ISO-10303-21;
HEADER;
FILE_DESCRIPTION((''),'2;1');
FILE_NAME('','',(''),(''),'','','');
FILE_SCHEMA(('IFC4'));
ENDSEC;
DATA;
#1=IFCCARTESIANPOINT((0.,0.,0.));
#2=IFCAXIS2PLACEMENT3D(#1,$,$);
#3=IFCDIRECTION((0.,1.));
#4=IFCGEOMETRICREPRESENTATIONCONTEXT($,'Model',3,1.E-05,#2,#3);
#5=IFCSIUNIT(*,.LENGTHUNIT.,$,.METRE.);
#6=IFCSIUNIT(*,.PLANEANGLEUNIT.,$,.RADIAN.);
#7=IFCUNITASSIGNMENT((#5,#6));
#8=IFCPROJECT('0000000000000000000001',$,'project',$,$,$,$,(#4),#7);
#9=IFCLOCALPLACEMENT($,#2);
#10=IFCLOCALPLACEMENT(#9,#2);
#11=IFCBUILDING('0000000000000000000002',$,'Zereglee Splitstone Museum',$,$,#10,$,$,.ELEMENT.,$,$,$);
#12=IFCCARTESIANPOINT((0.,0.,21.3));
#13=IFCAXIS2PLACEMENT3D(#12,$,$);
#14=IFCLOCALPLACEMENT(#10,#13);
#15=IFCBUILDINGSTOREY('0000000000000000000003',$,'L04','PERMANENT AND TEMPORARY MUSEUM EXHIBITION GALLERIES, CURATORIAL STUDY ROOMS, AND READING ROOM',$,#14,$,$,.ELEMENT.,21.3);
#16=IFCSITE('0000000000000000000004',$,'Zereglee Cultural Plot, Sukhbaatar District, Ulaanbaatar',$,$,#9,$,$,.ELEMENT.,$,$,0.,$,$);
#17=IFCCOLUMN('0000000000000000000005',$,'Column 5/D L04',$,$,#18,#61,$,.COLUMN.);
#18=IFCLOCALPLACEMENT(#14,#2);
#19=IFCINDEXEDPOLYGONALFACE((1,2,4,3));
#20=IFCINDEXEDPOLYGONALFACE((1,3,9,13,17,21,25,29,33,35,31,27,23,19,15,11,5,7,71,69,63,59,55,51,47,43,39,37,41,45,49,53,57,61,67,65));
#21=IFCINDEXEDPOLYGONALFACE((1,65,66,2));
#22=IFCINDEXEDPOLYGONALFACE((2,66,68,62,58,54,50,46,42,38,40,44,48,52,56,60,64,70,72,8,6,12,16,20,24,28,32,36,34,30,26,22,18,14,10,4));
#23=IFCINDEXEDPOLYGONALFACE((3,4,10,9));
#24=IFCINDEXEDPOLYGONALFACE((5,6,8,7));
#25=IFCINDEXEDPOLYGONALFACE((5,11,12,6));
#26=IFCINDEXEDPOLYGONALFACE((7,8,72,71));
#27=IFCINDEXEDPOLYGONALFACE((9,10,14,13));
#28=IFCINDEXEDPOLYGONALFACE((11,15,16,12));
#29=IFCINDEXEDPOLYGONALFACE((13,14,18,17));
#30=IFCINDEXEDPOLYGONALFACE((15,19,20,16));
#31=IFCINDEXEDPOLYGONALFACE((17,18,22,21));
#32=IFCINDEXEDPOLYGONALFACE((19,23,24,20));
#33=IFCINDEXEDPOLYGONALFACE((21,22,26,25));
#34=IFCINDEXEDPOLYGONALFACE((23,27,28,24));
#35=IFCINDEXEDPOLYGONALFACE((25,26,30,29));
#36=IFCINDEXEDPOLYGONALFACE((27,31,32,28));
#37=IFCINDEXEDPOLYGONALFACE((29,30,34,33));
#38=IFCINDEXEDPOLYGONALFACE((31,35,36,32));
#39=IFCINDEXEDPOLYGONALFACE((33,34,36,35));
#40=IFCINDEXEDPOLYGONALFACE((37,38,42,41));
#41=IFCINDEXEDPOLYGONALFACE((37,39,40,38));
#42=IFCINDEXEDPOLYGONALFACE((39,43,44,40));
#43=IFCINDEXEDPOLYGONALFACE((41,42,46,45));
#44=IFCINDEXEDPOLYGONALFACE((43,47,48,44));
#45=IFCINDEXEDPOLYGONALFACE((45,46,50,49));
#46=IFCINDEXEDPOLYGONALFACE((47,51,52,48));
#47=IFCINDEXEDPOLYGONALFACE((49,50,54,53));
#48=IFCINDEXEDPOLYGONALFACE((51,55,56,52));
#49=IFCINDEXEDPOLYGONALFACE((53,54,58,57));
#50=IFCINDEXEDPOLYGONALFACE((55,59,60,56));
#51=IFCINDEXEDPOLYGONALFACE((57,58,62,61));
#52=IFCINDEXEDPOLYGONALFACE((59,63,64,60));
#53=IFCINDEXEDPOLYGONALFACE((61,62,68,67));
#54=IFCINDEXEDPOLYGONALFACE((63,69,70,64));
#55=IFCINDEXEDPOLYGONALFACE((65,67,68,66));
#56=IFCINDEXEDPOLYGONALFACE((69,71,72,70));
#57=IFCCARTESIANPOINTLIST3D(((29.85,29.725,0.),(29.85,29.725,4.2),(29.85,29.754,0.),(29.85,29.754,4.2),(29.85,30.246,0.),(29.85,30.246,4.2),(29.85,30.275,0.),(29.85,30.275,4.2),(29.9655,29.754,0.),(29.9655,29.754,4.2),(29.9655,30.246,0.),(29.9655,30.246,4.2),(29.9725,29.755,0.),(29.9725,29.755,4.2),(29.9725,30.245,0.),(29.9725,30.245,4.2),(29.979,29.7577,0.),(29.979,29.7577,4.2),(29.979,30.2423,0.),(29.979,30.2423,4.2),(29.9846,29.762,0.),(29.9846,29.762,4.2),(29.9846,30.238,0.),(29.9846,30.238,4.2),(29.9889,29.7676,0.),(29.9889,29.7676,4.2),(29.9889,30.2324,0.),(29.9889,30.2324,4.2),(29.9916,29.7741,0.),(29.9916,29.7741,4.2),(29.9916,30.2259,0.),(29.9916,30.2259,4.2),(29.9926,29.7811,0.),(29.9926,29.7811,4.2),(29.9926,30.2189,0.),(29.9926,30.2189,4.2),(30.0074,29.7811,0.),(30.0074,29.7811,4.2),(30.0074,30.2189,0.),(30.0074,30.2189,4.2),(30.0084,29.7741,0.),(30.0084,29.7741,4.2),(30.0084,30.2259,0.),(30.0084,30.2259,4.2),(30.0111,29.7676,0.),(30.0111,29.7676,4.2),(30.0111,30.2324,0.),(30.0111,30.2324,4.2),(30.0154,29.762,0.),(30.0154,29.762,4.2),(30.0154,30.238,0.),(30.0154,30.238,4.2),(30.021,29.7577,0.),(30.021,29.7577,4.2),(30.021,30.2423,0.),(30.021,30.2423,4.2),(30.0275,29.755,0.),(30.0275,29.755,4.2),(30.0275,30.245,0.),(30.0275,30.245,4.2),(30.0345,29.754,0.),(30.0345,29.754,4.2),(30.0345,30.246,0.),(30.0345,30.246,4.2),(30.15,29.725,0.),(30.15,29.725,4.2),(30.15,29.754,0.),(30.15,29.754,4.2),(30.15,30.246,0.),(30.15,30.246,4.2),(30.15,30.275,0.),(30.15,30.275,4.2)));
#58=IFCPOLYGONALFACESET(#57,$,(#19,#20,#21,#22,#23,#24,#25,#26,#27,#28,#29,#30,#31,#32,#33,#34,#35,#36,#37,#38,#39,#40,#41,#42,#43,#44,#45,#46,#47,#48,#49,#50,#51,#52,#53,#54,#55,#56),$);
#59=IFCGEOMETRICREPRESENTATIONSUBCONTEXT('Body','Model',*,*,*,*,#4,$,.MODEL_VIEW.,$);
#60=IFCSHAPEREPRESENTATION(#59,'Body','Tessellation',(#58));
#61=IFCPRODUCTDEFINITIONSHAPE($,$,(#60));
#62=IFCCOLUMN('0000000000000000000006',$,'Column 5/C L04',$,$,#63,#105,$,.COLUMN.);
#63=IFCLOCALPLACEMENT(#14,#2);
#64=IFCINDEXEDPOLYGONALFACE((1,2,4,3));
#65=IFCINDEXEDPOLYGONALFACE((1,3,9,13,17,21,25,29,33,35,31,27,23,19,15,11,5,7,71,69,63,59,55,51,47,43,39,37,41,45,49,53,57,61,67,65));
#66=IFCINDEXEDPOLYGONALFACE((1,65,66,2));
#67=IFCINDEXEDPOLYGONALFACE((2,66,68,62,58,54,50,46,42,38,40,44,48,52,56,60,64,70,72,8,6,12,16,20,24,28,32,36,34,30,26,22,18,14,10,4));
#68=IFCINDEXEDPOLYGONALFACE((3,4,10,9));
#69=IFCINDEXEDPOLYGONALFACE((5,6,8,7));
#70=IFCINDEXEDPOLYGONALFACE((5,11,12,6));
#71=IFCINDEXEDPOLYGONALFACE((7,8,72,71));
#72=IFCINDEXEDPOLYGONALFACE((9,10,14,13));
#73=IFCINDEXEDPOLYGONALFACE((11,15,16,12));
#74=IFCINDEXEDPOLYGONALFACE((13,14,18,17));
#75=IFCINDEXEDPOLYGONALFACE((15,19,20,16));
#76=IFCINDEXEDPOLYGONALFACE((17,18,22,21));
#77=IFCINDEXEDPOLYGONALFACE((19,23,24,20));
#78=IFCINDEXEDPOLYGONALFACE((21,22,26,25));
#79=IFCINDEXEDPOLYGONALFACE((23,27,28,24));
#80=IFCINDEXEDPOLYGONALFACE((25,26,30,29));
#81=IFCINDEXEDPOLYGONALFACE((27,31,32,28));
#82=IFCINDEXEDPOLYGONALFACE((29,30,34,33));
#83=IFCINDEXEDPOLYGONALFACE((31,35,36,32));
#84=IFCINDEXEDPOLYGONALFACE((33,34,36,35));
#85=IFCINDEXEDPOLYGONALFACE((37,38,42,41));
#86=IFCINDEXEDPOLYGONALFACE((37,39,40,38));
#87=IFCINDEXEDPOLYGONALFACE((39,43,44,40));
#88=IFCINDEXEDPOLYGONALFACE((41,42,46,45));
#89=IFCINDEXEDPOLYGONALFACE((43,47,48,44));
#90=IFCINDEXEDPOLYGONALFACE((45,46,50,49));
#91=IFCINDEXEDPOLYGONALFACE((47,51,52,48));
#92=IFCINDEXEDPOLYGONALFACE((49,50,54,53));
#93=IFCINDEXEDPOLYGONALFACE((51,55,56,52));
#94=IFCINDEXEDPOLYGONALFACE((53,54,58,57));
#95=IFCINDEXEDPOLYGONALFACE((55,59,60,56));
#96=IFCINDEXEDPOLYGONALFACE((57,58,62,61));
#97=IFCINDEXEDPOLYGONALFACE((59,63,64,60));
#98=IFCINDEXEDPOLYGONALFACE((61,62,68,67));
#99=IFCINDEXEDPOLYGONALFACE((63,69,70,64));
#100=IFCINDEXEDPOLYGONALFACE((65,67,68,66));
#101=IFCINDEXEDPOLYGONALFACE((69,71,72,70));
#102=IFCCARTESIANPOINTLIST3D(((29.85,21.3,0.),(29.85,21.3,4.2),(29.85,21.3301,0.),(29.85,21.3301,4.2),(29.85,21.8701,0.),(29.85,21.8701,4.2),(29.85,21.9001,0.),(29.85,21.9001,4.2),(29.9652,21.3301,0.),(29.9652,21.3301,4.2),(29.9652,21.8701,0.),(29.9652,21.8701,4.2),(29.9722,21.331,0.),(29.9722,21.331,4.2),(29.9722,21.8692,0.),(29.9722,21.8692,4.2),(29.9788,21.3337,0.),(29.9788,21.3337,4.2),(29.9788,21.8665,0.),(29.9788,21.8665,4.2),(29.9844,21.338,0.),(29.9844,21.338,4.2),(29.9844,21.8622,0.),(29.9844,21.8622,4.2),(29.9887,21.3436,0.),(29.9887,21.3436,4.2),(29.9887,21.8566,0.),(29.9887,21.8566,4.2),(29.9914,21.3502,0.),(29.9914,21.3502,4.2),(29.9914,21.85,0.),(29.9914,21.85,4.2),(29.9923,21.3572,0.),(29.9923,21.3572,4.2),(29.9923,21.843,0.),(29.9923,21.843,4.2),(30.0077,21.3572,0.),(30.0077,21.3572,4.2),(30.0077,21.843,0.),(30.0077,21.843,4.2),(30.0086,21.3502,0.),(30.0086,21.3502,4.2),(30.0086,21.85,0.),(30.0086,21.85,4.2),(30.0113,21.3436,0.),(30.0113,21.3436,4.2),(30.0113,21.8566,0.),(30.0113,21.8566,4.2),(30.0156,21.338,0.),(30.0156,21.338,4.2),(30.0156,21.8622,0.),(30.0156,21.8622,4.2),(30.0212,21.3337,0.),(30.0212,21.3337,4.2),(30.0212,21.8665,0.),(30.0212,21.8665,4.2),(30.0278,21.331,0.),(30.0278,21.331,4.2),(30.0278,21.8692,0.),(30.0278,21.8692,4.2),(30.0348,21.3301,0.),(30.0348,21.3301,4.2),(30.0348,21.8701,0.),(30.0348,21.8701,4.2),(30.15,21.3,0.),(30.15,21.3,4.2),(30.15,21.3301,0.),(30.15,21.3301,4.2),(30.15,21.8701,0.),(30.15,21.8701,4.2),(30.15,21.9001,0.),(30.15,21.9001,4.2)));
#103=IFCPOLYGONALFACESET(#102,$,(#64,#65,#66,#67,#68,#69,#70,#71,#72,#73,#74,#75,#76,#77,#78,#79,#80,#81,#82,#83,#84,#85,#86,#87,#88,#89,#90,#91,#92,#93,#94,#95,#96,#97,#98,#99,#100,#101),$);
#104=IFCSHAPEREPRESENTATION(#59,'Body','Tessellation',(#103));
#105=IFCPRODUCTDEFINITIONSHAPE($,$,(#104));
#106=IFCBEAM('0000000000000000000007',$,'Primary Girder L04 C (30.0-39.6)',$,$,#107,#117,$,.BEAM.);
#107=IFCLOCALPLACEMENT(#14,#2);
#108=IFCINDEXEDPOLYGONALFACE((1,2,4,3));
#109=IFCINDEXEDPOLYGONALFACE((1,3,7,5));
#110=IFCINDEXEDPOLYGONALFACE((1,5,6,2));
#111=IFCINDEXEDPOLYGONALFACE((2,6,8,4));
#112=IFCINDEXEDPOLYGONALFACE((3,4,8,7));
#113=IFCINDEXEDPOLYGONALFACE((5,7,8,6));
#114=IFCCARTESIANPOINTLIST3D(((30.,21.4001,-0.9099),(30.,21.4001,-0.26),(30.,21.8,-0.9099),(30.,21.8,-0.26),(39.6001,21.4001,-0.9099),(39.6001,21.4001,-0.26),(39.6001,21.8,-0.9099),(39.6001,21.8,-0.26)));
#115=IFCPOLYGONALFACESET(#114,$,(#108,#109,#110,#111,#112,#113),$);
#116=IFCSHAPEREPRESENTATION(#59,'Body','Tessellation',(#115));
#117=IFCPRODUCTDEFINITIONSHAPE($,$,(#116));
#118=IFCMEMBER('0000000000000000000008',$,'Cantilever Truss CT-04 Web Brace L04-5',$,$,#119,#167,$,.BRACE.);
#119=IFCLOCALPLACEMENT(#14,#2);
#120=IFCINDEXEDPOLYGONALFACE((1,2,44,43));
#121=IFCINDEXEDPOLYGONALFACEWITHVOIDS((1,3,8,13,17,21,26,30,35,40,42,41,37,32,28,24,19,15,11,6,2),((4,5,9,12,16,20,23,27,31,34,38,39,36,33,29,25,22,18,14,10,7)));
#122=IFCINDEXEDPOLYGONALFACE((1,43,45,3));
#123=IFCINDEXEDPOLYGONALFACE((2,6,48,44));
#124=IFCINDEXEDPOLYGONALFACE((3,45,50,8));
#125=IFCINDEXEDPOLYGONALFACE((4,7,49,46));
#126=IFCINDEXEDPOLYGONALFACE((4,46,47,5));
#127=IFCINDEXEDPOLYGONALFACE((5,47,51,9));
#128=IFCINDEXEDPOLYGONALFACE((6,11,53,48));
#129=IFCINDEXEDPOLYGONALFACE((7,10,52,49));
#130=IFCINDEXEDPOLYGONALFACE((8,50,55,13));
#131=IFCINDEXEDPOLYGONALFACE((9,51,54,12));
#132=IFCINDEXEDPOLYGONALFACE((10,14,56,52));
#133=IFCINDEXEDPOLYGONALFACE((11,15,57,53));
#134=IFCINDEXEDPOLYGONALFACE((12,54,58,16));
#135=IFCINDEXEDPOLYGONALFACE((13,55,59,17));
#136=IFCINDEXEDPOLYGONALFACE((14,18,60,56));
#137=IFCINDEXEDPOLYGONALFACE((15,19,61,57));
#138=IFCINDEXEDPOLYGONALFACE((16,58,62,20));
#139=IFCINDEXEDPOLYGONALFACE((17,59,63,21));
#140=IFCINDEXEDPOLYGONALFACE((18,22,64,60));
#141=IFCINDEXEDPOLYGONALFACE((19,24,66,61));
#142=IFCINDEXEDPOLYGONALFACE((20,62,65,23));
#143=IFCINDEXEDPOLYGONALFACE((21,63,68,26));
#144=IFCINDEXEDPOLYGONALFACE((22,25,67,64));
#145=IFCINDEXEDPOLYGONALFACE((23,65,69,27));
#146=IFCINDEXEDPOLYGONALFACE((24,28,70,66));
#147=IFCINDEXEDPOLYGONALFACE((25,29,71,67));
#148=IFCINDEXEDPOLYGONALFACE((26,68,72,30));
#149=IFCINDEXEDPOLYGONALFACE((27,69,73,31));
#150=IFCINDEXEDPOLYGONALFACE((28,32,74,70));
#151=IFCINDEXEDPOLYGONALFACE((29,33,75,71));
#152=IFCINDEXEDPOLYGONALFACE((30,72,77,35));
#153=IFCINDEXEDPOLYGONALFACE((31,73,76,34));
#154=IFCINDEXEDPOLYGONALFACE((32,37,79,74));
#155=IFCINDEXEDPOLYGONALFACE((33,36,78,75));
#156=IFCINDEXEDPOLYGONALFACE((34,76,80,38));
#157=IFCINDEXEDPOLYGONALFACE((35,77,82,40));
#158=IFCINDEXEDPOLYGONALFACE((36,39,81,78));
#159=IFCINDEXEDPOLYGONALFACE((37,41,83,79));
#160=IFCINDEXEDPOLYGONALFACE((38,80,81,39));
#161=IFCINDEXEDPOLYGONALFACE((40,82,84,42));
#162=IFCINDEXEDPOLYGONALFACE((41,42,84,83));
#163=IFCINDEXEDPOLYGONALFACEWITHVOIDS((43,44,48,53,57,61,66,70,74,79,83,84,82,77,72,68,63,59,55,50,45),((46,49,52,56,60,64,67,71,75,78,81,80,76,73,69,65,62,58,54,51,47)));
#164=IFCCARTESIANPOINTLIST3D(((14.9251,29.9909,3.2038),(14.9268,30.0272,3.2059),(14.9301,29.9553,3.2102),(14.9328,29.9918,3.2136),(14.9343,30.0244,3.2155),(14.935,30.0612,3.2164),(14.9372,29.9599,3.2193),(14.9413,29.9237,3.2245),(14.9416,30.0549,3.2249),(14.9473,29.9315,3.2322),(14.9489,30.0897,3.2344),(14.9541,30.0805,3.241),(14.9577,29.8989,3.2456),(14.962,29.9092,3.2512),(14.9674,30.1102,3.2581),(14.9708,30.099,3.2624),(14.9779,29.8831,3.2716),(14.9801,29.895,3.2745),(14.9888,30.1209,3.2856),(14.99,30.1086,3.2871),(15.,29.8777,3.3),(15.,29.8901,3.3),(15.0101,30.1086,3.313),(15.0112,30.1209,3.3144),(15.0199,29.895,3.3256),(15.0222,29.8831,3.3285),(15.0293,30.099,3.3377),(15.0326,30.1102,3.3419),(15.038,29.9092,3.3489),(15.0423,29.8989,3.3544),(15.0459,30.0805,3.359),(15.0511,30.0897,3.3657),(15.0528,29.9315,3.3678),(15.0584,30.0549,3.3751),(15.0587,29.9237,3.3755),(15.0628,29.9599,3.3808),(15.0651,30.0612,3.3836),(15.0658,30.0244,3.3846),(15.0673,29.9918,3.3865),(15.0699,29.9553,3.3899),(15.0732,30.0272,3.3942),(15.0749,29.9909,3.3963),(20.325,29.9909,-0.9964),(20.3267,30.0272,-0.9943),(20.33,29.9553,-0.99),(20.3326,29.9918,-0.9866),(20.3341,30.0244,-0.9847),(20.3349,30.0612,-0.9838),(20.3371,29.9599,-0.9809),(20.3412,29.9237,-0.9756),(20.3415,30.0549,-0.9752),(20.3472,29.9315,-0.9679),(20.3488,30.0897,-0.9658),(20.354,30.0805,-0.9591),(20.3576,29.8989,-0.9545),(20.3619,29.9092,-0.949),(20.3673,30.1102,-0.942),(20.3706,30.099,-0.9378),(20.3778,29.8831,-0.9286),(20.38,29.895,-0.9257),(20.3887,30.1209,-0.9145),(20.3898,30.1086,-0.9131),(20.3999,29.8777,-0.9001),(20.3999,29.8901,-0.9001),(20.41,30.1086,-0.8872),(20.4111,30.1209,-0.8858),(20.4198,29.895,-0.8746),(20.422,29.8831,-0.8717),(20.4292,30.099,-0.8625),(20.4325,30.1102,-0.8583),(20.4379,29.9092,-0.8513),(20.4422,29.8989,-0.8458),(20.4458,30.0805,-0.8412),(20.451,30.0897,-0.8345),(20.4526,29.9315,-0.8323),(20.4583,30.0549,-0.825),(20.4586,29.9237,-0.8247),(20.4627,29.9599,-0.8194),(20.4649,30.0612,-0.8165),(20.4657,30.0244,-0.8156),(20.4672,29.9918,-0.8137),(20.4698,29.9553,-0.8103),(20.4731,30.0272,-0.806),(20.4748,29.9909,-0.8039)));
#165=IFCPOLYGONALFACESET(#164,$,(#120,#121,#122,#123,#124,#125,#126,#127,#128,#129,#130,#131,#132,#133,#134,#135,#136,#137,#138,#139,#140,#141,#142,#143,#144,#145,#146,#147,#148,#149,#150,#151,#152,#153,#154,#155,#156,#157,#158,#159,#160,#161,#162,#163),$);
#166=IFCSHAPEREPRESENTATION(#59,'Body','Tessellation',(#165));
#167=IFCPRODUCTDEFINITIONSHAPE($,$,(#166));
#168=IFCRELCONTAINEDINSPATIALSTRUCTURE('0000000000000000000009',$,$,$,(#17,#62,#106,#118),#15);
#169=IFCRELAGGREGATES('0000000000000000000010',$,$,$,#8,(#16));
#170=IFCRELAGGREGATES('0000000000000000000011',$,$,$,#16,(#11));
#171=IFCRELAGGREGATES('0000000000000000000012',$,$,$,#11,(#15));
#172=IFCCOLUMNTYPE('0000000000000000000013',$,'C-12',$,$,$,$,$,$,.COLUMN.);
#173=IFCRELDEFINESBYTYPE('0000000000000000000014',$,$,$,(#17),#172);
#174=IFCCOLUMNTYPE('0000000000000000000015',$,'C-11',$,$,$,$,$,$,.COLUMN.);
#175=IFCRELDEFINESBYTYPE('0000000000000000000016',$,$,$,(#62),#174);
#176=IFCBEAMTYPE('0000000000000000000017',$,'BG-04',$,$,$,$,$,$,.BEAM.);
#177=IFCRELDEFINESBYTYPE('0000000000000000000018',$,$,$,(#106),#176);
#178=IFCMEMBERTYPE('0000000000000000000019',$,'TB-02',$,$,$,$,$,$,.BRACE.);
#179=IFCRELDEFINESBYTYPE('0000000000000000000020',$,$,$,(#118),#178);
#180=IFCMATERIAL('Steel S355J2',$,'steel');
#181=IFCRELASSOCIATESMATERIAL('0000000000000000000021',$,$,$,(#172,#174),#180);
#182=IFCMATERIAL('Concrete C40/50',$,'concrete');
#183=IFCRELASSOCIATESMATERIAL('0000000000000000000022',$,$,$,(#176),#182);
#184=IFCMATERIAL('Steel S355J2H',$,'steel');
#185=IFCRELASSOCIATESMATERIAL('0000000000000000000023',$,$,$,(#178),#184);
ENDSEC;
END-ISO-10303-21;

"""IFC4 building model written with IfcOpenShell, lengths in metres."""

from ifc_helpers import new_model, si_unit, direction, frame, origin, origin_2d, place, context, subcontext, project, spatial, rectangle, hollow_circle, i_section, extrude, material, material_profile, profile_set, type_object, element, save


model = new_model("IFC4")

# Units and contexts
model_context = context("Model", 3, precision=1e-05, world=origin(), true_north=direction((0.0, 1.0)))
body_context = subcontext(model_context, "Body", "Model", "MODEL_VIEW")
ifc_project = project(units=[si_unit("LENGTHUNIT", "METRE"), si_unit("PLANEANGLEUNIT", "RADIAN")], contexts=[model_context])

# Site, building, storey
site_placement = place(None, origin())
site = spatial("IfcSite", under=ifc_project, at=site_placement, Name="Zereglee Cultural Plot, Sukhbaatar District, Ulaanbaatar", CompositionType="ELEMENT", RefElevation=0.0)
building_placement = place(site_placement, origin())
building = spatial("IfcBuilding", under=site, at=building_placement, Name="Zereglee Splitstone Museum", CompositionType="ELEMENT")
storey_placement = place(building_placement, frame((0.0, 0.0, 21.3)))
storey = spatial("IfcBuildingStorey", under=building, at=storey_placement, Name="L04", Description="PERMANENT AND TEMPORARY MUSEUM EXHIBITION GALLERIES, CURATORIAL STUDY ROOMS, AND READING ROOM", CompositionType="ELEMENT", Elevation=21.3)

# Columns
ifc_material_1 = material(Name="Steel S355J2", Category="steel")
ifc_material_profile_1 = material_profile(ifc_material_1, i_section(OverallWidth=0.3, OverallDepth=0.55, WebThickness=0.0149, FlangeThickness=0.0291, FilletRadius=0.0271, at=origin_2d()), Name="HE 550 B")
ifc_profile_set_1 = profile_set([ifc_material_profile_1], Name="Steel S355J2")
column_type_1 = type_object("IfcColumnType", Name="C-12", PredefinedType="COLUMN", material=ifc_profile_set_1)
column_1_placement = place(storey_placement, frame((30.0, 30.0, 0.0), z_axis=(0.0, 0.0, 1.0), x_axis=(1.0, 0.0, 0.0)))
element("IfcColumn", 1, at=column_1_placement, inside=storey, type_object=column_type_1, Name="Column 5/D L04", PredefinedType="COLUMN", context=body_context, shape_type="SweptSolid", body=[
    extrude(i_section(OverallWidth=0.3, OverallDepth=0.55, WebThickness=0.0149, FlangeThickness=0.0291, FilletRadius=0.0271, at=origin_2d()), origin(), (0.0, 0.0, 1.0), 4.2),
])
ifc_material_profile_2 = material_profile(ifc_material_1, i_section(OverallWidth=0.3, OverallDepth=0.6001, WebThickness=0.0154, FlangeThickness=0.03, FilletRadius=0.0271, at=origin_2d()), Name="HE 600 B")
ifc_profile_set_2 = profile_set([ifc_material_profile_2], Name="Steel S355J2")
column_type_2 = type_object("IfcColumnType", Name="C-11", PredefinedType="COLUMN", material=ifc_profile_set_2)
column_2_placement = place(storey_placement, frame((30.0, 21.6001, 0.0), z_axis=(0.0, 0.0, 1.0), x_axis=(1.0, 0.0, 0.0)))
element("IfcColumn", 2, at=column_2_placement, inside=storey, type_object=column_type_2, Name="Column 5/C L04", PredefinedType="COLUMN", context=body_context, shape_type="SweptSolid", body=[
    extrude(i_section(OverallWidth=0.3, OverallDepth=0.6001, WebThickness=0.0154, FlangeThickness=0.03, FilletRadius=0.0271, at=origin_2d()), origin(), (0.0, 0.0, 1.0), 4.2),
])

# Beam
ifc_material_2 = material(Name="Concrete C40/50", Category="concrete")
ifc_material_profile_3 = material_profile(ifc_material_2, rectangle(XDim=0.3999, YDim=0.6499, at=origin_2d()), Name="RC 400x650")
ifc_profile_set_3 = profile_set([ifc_material_profile_3], Name="Concrete C40/50")
beam_type_1 = type_object("IfcBeamType", Name="BG-04", PredefinedType="BEAM", material=ifc_profile_set_3)
beam_1_placement = place(storey_placement, frame((30.0, 21.6001, -0.585), z_axis=(1.0, 0.0, 0.0), x_axis=(0.0, 1.0, 0.0)))
element("IfcBeam", 3, at=beam_1_placement, inside=storey, type_object=beam_type_1, Name="Primary Girder L04 C (30.0-39.6)", PredefinedType="BEAM", context=body_context, shape_type="SweptSolid", body=[
    extrude(rectangle(XDim=0.3999, YDim=0.6499, at=origin_2d()), origin(), (0.0, 0.0, 1.0), 9.6001),
])

# Member
ifc_material_3 = material(Name="Steel S355J2H", Category="steel")
ifc_material_profile_4 = material_profile(ifc_material_3, hollow_circle(Radius=0.1223, WallThickness=0.0125, at=origin_2d()), Name="CHS 244.5x12.5")
ifc_profile_set_4 = profile_set([ifc_material_profile_4], Name="Steel S355J2H")
member_type_1 = type_object("IfcMemberType", Name="TB-02", PredefinedType="BRACE", material=ifc_profile_set_4)
member_1_placement = place(storey_placement, frame((20.3999, 30.0, -0.9001), z_axis=(-0.789333, 0.0, 0.613965), x_axis=(0.0, -1.0, 0.0)))
element("IfcMember", 4, at=member_1_placement, inside=storey, type_object=member_type_1, Name="Cantilever Truss CT-04 Web Brace L04-5", PredefinedType="BRACE", context=body_context, shape_type="SweptSolid", body=[
    extrude(hollow_circle(Radius=0.1223, WallThickness=0.0125, at=origin_2d()), origin(), (0.0, 0.0, 1.0), 6.8411),
])

save(model, "model.ifc")
